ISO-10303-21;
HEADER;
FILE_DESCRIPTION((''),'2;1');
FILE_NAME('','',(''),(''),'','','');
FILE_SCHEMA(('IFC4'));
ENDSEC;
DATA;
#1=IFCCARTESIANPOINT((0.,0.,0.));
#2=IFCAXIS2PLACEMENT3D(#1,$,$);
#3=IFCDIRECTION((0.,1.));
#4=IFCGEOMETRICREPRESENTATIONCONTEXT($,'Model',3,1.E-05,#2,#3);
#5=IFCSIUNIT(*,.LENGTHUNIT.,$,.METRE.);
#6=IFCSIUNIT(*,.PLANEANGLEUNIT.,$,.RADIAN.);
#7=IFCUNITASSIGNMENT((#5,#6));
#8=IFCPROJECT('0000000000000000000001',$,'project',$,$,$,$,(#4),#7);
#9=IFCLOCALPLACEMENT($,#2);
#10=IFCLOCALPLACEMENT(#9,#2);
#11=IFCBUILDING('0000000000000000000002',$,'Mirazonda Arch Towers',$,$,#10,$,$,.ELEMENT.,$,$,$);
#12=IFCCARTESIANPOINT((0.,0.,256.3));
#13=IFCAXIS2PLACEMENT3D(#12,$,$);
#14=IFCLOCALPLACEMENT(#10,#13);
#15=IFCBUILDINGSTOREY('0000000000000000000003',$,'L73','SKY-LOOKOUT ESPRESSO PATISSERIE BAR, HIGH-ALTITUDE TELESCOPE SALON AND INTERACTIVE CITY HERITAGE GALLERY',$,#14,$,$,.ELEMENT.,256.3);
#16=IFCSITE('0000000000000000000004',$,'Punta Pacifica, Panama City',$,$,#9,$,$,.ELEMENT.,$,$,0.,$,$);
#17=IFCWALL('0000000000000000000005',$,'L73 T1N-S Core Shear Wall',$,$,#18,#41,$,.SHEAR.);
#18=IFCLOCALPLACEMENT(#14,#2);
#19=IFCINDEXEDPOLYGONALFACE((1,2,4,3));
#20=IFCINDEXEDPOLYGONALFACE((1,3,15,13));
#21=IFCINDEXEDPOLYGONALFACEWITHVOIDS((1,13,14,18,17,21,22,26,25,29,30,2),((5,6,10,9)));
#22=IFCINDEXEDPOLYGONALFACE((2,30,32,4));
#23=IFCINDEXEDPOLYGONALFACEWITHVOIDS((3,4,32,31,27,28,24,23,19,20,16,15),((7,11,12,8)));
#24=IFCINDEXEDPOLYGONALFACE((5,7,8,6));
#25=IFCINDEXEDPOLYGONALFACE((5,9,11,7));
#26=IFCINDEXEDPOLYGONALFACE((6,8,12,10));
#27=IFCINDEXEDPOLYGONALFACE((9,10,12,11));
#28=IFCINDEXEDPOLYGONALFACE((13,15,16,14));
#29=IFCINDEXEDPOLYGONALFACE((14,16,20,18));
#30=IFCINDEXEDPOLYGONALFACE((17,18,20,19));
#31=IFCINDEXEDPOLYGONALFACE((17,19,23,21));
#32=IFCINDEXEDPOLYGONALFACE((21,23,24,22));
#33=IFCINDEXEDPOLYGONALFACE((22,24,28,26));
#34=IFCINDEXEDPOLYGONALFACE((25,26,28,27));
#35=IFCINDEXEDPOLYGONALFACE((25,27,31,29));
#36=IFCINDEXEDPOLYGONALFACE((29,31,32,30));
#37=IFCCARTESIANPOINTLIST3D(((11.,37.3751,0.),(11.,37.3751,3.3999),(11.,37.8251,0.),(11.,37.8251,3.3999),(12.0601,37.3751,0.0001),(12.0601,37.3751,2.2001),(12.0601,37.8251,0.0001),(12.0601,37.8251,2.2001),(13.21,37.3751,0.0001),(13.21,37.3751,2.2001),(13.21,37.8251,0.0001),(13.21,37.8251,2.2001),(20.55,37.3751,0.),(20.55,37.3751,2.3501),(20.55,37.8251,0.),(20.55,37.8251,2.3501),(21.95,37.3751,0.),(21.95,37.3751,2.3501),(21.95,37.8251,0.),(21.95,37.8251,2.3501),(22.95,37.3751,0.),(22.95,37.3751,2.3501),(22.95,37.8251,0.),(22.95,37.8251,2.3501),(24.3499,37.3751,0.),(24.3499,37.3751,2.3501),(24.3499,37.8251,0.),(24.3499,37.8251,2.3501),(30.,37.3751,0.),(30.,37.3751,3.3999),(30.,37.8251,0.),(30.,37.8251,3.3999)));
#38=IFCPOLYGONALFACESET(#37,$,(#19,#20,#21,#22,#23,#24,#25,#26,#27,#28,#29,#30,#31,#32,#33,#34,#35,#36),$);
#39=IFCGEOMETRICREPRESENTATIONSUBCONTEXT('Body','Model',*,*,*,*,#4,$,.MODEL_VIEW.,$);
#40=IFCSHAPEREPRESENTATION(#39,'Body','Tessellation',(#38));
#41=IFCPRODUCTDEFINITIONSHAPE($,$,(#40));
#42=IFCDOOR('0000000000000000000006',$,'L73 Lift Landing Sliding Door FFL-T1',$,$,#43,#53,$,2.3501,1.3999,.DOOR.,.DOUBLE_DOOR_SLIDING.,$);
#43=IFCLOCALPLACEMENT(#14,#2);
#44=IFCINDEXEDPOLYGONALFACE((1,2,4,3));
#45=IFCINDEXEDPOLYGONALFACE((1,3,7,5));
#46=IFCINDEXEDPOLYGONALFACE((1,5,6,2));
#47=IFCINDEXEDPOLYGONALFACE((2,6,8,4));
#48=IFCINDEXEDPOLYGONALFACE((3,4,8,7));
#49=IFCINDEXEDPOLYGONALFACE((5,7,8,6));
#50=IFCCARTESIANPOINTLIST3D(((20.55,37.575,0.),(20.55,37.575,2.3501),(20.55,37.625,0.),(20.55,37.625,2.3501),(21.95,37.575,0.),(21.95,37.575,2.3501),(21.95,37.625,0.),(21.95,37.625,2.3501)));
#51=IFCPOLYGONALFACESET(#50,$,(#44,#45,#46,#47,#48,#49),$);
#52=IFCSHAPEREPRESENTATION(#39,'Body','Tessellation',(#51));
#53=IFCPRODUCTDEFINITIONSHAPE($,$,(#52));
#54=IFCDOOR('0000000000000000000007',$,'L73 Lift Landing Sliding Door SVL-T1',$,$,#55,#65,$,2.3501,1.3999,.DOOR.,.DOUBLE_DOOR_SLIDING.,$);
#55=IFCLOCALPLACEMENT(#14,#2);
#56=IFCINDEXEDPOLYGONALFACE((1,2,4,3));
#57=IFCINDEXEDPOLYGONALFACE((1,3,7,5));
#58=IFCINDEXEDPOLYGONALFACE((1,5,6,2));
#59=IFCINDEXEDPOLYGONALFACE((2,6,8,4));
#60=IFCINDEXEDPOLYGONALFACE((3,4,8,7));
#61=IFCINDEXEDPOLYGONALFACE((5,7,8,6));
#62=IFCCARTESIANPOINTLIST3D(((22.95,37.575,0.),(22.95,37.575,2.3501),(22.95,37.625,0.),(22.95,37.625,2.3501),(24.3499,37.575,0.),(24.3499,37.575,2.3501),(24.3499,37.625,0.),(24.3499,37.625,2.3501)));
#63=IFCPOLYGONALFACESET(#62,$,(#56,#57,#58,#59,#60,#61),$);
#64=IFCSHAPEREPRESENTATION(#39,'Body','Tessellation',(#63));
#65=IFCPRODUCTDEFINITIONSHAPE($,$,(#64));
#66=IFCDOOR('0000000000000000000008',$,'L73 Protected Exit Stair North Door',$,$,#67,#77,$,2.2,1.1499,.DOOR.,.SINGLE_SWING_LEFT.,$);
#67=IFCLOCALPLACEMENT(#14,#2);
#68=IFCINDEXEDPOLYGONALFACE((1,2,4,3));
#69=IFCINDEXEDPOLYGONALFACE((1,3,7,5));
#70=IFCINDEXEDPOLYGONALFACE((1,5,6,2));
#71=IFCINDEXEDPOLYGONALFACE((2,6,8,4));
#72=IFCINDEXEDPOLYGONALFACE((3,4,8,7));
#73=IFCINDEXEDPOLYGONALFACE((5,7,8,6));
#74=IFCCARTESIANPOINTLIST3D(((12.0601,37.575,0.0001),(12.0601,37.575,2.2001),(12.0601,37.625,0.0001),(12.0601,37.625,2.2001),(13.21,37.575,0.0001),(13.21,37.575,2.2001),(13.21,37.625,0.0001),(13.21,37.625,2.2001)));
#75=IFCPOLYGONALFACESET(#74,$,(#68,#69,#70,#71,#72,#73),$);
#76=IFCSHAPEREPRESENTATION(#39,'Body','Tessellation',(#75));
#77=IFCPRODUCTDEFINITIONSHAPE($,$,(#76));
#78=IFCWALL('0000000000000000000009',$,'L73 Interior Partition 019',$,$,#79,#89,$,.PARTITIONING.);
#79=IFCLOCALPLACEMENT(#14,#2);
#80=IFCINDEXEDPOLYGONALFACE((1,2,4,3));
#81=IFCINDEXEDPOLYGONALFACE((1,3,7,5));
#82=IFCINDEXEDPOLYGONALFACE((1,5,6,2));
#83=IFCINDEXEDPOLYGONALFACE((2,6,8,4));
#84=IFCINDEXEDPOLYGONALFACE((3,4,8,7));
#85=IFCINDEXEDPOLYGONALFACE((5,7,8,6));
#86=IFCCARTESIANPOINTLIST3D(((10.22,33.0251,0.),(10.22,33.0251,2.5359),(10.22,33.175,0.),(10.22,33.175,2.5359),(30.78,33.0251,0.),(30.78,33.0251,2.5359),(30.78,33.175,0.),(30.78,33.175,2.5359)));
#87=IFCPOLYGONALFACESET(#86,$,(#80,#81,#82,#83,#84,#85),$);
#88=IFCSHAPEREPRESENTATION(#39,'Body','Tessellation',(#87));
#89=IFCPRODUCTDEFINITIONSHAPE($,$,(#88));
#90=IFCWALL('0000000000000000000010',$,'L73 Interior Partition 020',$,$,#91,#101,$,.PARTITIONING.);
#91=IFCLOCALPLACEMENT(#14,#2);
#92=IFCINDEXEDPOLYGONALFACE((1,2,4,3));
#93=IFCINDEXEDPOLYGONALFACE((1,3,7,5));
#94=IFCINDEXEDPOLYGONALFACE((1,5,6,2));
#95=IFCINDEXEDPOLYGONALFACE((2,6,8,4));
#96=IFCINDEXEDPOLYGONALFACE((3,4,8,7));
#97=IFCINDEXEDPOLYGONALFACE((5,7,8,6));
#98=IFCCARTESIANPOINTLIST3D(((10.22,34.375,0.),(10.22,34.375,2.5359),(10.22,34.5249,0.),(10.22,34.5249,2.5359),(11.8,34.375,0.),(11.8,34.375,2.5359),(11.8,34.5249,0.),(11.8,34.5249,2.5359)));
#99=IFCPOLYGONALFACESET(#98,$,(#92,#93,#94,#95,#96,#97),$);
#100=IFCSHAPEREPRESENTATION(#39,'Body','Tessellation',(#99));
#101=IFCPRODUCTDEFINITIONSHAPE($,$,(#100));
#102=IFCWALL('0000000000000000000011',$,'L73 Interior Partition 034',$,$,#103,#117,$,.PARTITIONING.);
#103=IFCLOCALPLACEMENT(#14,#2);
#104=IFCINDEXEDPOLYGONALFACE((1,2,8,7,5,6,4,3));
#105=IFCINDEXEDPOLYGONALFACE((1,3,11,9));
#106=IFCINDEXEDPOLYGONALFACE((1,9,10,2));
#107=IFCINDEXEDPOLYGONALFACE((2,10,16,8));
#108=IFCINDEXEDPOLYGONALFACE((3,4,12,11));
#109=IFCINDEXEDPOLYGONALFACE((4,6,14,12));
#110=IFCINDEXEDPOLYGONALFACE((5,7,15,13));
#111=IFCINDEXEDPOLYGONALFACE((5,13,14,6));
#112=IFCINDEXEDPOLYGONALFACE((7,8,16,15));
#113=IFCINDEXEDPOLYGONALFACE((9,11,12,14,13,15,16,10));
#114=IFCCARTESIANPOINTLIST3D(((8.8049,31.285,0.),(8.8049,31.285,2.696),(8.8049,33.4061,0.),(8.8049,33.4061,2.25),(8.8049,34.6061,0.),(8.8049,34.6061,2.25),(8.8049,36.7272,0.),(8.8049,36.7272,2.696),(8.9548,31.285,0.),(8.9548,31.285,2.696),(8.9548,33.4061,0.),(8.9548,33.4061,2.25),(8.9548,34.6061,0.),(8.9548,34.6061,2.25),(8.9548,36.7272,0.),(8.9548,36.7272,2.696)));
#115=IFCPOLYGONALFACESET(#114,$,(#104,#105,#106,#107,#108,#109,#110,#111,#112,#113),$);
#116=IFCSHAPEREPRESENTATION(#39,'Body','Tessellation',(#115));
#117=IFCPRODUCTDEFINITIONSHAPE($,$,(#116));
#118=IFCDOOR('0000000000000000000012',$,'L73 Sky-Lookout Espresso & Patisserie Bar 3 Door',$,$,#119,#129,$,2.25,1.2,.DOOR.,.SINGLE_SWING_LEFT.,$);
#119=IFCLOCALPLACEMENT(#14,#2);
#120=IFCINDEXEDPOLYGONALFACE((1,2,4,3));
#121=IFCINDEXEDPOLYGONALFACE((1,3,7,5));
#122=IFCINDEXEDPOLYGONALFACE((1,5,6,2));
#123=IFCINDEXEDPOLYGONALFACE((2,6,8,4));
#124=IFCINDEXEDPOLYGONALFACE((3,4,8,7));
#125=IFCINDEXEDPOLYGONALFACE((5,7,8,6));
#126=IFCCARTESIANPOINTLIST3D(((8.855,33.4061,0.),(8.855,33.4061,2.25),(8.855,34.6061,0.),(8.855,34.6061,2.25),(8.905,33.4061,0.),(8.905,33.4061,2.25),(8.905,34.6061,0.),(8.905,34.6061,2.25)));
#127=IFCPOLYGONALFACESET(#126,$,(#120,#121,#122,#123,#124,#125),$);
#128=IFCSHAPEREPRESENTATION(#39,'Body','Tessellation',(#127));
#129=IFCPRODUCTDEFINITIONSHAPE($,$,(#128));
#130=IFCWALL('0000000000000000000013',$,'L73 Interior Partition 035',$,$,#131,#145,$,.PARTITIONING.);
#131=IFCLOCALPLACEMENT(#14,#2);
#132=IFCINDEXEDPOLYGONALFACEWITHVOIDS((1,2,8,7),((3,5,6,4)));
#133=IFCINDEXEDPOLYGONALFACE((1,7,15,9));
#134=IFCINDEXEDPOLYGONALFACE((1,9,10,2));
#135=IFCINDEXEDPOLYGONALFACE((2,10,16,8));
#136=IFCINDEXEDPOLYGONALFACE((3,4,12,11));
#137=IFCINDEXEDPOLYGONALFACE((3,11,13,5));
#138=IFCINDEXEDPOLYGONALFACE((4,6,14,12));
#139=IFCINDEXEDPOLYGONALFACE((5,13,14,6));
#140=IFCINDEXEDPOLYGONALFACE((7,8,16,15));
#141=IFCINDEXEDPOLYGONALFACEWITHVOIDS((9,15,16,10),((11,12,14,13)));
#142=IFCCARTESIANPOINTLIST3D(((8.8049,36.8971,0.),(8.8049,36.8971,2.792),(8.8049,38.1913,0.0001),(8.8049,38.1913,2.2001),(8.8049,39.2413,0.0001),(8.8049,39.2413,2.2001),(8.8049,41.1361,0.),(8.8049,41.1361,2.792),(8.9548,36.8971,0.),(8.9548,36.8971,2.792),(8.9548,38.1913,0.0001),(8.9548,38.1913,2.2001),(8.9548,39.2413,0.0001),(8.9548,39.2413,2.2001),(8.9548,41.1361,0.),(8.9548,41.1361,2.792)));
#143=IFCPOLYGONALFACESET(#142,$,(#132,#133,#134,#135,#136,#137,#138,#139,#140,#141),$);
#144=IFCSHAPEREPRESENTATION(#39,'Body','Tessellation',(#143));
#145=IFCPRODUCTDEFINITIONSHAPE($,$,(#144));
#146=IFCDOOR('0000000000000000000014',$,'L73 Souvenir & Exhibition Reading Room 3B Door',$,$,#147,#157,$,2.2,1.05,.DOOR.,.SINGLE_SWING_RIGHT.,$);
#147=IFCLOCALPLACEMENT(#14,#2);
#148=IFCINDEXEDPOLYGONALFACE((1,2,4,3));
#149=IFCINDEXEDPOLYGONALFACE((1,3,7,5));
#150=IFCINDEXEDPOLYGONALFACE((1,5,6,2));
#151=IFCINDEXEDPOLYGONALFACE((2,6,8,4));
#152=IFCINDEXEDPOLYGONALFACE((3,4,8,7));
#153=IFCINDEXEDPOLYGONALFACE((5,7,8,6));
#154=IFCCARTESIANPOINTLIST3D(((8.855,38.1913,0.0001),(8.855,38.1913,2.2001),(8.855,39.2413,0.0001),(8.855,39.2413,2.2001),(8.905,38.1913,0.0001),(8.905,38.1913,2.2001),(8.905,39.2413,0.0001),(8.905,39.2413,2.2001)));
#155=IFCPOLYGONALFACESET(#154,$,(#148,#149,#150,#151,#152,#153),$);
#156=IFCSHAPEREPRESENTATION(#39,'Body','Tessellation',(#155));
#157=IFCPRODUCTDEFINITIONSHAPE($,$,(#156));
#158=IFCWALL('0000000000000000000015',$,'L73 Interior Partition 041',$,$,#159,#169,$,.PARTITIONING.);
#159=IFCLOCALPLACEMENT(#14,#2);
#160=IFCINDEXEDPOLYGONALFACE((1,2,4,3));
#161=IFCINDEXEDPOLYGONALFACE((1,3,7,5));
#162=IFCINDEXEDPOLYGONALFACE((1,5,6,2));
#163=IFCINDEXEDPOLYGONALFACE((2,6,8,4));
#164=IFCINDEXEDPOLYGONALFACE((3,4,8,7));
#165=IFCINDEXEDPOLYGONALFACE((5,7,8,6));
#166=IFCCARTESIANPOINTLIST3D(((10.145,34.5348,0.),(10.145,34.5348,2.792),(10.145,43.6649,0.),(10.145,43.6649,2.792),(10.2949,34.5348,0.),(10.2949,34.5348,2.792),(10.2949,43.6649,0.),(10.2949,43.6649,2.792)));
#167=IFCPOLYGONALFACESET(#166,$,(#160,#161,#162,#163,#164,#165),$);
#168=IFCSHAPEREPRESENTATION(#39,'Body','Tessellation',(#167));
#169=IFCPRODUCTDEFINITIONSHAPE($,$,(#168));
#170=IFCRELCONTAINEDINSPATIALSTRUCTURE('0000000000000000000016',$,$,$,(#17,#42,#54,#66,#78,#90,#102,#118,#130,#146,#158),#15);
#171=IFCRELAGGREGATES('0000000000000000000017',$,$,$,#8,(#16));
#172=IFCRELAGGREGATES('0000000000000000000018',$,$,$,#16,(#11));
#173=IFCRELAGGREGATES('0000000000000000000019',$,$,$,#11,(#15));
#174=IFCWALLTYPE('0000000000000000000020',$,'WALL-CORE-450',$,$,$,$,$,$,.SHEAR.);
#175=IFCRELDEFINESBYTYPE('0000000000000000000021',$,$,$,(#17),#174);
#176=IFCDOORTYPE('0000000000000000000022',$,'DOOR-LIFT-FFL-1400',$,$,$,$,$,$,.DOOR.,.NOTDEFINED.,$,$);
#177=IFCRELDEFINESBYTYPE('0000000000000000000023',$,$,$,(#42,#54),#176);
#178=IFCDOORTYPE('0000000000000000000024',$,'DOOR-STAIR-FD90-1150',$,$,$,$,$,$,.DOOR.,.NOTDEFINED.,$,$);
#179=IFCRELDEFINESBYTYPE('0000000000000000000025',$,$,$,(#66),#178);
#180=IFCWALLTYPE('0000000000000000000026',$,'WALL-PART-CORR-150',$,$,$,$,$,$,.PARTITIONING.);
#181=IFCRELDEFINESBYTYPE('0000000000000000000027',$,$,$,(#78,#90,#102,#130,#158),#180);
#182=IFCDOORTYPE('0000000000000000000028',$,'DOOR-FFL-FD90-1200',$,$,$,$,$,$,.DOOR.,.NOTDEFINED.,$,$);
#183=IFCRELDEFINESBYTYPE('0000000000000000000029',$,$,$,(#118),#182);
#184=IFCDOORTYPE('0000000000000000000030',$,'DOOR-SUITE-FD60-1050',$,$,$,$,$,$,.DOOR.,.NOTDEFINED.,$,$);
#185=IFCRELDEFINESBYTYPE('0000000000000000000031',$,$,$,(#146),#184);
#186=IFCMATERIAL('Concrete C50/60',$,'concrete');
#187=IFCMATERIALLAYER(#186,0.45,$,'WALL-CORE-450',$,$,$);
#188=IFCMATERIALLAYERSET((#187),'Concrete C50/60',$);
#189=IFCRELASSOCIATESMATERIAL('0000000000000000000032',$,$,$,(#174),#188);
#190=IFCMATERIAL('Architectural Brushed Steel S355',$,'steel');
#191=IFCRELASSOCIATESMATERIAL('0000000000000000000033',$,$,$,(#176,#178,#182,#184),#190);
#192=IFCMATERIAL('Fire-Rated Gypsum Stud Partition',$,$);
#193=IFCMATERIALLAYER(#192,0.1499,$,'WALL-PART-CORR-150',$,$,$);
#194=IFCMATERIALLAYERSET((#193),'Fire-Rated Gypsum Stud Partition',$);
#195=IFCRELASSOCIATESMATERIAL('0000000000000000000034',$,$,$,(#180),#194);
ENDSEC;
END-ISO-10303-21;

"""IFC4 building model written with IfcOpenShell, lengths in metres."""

from ifc_helpers import new_model, si_unit, direction, frame, frame_2d, origin, place, context, subcontext, project, spatial, rectangle, extrude, material, layer, layer_set, type_object, element, fill, save


model = new_model("IFC4")

# Units and contexts
model_context = context("Model", 3, precision=1e-05, world=origin(), true_north=direction((0.0, 1.0)))
body_context = subcontext(model_context, "Body", "Model", "MODEL_VIEW")
ifc_project = project(units=[si_unit("LENGTHUNIT", "METRE"), si_unit("PLANEANGLEUNIT", "RADIAN")], contexts=[model_context])

# Site, building, storey
site_placement = place(None, origin())
site = spatial("IfcSite", under=ifc_project, at=site_placement, Name="Punta Pacifica, Panama City", CompositionType="ELEMENT", RefElevation=0.0)
building_placement = place(site_placement, origin())
building = spatial("IfcBuilding", under=site, at=building_placement, Name="Mirazonda Arch Towers", CompositionType="ELEMENT")
storey_placement = place(building_placement, frame((0.0, 0.0, 256.3)))
storey = spatial("IfcBuildingStorey", under=building, at=storey_placement, Name="L73", Description="SKY-LOOKOUT ESPRESSO PATISSERIE BAR, HIGH-ALTITUDE TELESCOPE SALON AND INTERACTIVE CITY HERITAGE GALLERY", CompositionType="ELEMENT", Elevation=256.3)

# Shared definitions
ifc_material_1 = material(Name="Concrete C50/60", Category="concrete")

# Shared definitions
ifc_layer_1 = layer(ifc_material_1, 0.45, Name="WALL-CORE-450")
ifc_layer_set_1 = layer_set([ifc_layer_1], Name="Concrete C50/60")
wall_type_1 = type_object("IfcWallType", Name="WALL-CORE-450", PredefinedType="SHEAR", material=ifc_layer_set_1)

# Wall, openings, doors
wall_1_placement = place(storey_placement, frame((11.0, 37.6001, 0.0), z_axis=(0.0, 0.0, 1.0), x_axis=(1.0, 0.0, 0.0)))
wall_1 = element("IfcWall", 1, at=wall_1_placement, inside=storey, type_object=wall_type_1, Name="L73 T1N-S Core Shear Wall", PredefinedType="SHEAR", context=body_context, shape_type="SweptSolid", body=[
    extrude(rectangle(XDim=19.0, YDim=0.45, at=frame_2d((9.5, 0.0))), origin(), (0.0, 0.0, 1.0), 3.3999),
])
opening_1_placement = place(wall_1_placement, frame((1.0601, 0.0, 0.0)))
opening_1 = element("IfcOpeningElement", 2, at=opening_1_placement, cuts=wall_1, PredefinedType="OPENING", context=body_context, shape_type="SweptSolid", body=[
    extrude(rectangle(XDim=1.1499, YDim=2.2, at=frame_2d((0.575, 1.1001))), frame((0.0, 0.2349, 0.0), z_axis=(0.0, -1.0, 0.0), x_axis=(1.0, 0.0, 0.0)), (0.0, 0.0, 1.0), 0.47),
])
opening_2_placement = place(wall_1_placement, frame((9.55, 0.0, 0.0)))
opening_2 = element("IfcOpeningElement", 3, at=opening_2_placement, cuts=wall_1, PredefinedType="OPENING", context=body_context, shape_type="SweptSolid", body=[
    extrude(rectangle(XDim=1.3999, YDim=2.3501, at=frame_2d((0.7, 1.175))), frame((0.0, 0.2349, 0.0), z_axis=(0.0, -1.0, 0.0), x_axis=(1.0, 0.0, 0.0)), (0.0, 0.0, 1.0), 0.47),
])
opening_3_placement = place(wall_1_placement, frame((11.95, 0.0, 0.0)))
opening_3 = element("IfcOpeningElement", 4, at=opening_3_placement, cuts=wall_1, PredefinedType="OPENING", context=body_context, shape_type="SweptSolid", body=[
    extrude(rectangle(XDim=1.3999, YDim=2.3501, at=frame_2d((0.7, 1.175))), frame((0.0, 0.2349, 0.0), z_axis=(0.0, -1.0, 0.0), x_axis=(1.0, 0.0, 0.0)), (0.0, 0.0, 1.0), 0.47),
])
ifc_material_2 = material(Name="Architectural Brushed Steel S355", Category="steel")
door_type_1 = type_object("IfcDoorType", Name="DOOR-LIFT-FFL-1400", OperationType="NOTDEFINED", PredefinedType="DOOR", material=ifc_material_2)
door_1_placement = place(opening_2_placement, origin())
door_1 = element("IfcDoor", 5, at=door_1_placement, inside=storey, type_object=door_type_1, Name="L73 Lift Landing Sliding Door FFL-T1", OperationType="DOUBLE_DOOR_SLIDING", OverallHeight=2.3501, OverallWidth=1.3999, PredefinedType="DOOR", context=body_context, shape_type="SweptSolid", body=[
    extrude(rectangle(XDim=1.3999, YDim=2.3501, at=frame_2d((0.7, 1.175))), frame((0.0, 0.0249, 0.0), z_axis=(0.0, -1.0, 0.0), x_axis=(1.0, 0.0, 0.0)), (0.0, 0.0, 1.0), 0.05),
])
fill(opening_2, door_1)
door_2_placement = place(opening_3_placement, origin())
door_2 = element("IfcDoor", 6, at=door_2_placement, inside=storey, type_object=door_type_1, Name="L73 Lift Landing Sliding Door SVL-T1", OperationType="DOUBLE_DOOR_SLIDING", OverallHeight=2.3501, OverallWidth=1.3999, PredefinedType="DOOR", context=body_context, shape_type="SweptSolid", body=[
    extrude(rectangle(XDim=1.3999, YDim=2.3501, at=frame_2d((0.7, 1.175))), frame((0.0, 0.0249, 0.0), z_axis=(0.0, -1.0, 0.0), x_axis=(1.0, 0.0, 0.0)), (0.0, 0.0, 1.0), 0.05),
])
fill(opening_3, door_2)
door_type_2 = type_object("IfcDoorType", Name="DOOR-STAIR-FD90-1150", OperationType="NOTDEFINED", PredefinedType="DOOR", material=ifc_material_2)
door_3_placement = place(opening_1_placement, origin())
door_3 = element("IfcDoor", 7, at=door_3_placement, inside=storey, type_object=door_type_2, Name="L73 Protected Exit Stair North Door", OperationType="SINGLE_SWING_LEFT", OverallHeight=2.2, OverallWidth=1.1499, PredefinedType="DOOR", context=body_context, shape_type="SweptSolid", body=[
    extrude(rectangle(XDim=1.1499, YDim=2.2, at=frame_2d((0.575, 1.1001))), frame((0.0, 0.0249, 0.0), z_axis=(0.0, -1.0, 0.0), x_axis=(1.0, 0.0, 0.0)), (0.0, 0.0, 1.0), 0.05),
])
fill(opening_1, door_3)
door_type_3 = type_object("IfcDoorType", Name="DOOR-FFL-FD90-1200", OperationType="NOTDEFINED", PredefinedType="DOOR", material=ifc_material_2)

# Walls
ifc_material_3 = material(Name="Fire-Rated Gypsum Stud Partition")
ifc_layer_2 = layer(ifc_material_3, 0.1499, Name="WALL-PART-CORR-150")
ifc_layer_set_2 = layer_set([ifc_layer_2], Name="Fire-Rated Gypsum Stud Partition")
wall_type_2 = type_object("IfcWallType", Name="WALL-PART-CORR-150", PredefinedType="PARTITIONING", material=ifc_layer_set_2)
wall_2_placement = place(storey_placement, frame((10.22, 33.1001, 0.0), z_axis=(0.0, 0.0, 1.0), x_axis=(1.0, 0.0, 0.0)))
element("IfcWall", 8, at=wall_2_placement, inside=storey, type_object=wall_type_2, Name="L73 Interior Partition 019", PredefinedType="PARTITIONING", context=body_context, shape_type="SweptSolid", body=[
    extrude(rectangle(XDim=20.5601, YDim=0.1499, at=frame_2d((10.28, 0.0))), origin(), (0.0, 0.0, 1.0), 2.5359),
])
wall_3_placement = place(storey_placement, frame((10.22, 34.45, 0.0), z_axis=(0.0, 0.0, 1.0), x_axis=(1.0, 0.0, 0.0)))
element("IfcWall", 9, at=wall_3_placement, inside=storey, type_object=wall_type_2, Name="L73 Interior Partition 020", PredefinedType="PARTITIONING", context=body_context, shape_type="SweptSolid", body=[
    extrude(rectangle(XDim=1.5801, YDim=0.1499, at=frame_2d((0.79, 0.0))), origin(), (0.0, 0.0, 1.0), 2.5359),
])

# Walls, openings, doors
wall_4_placement = place(storey_placement, frame((8.8799, 31.2849, 0.0), z_axis=(0.0, 0.0, 1.0), x_axis=(0.0, 1.0, 0.0)))
wall_4 = element("IfcWall", 10, at=wall_4_placement, inside=storey, type_object=wall_type_2, Name="L73 Interior Partition 034", PredefinedType="PARTITIONING", context=body_context, shape_type="SweptSolid", body=[
    extrude(rectangle(XDim=5.4421, YDim=0.1499, at=frame_2d((2.7212, 0.0))), origin(), (0.0, 0.0, 1.0), 2.696),
])
opening_4_placement = place(wall_4_placement, frame((2.1211, 0.0, 0.0)))
opening_4 = element("IfcOpeningElement", 11, at=opening_4_placement, cuts=wall_4, PredefinedType="OPENING", context=body_context, shape_type="SweptSolid", body=[
    extrude(rectangle(XDim=1.2, YDim=2.25, at=frame_2d((0.6001, 1.125))), frame((0.0, 0.085, 0.0), z_axis=(0.0, -1.0, 0.0), x_axis=(1.0, 0.0, 0.0)), (0.0, 0.0, 1.0), 0.1699),
])
door_4_placement = place(opening_4_placement, origin())
door_4 = element("IfcDoor", 12, at=door_4_placement, inside=storey, type_object=door_type_3, Name="L73 Sky-Lookout Espresso & Patisserie Bar 3 Door", OperationType="SINGLE_SWING_LEFT", OverallHeight=2.25, OverallWidth=1.2, PredefinedType="DOOR", context=body_context, shape_type="SweptSolid", body=[
    extrude(rectangle(XDim=1.2, YDim=2.25, at=frame_2d((0.6001, 1.125))), frame((0.0, 0.0249, 0.0), z_axis=(0.0, -1.0, 0.0), x_axis=(1.0, 0.0, 0.0)), (0.0, 0.0, 1.0), 0.05),
])
fill(opening_4, door_4)
wall_5_placement = place(storey_placement, frame((8.8799, 36.897, 0.0), z_axis=(0.0, 0.0, 1.0), x_axis=(0.0, 1.0, 0.0)))
wall_5 = element("IfcWall", 13, at=wall_5_placement, inside=storey, type_object=wall_type_2, Name="L73 Interior Partition 035", PredefinedType="PARTITIONING", context=body_context, shape_type="SweptSolid", body=[
    extrude(rectangle(XDim=4.239, YDim=0.1499, at=frame_2d((2.1196, 0.0))), origin(), (0.0, 0.0, 1.0), 2.792),
])
opening_5_placement = place(wall_5_placement, frame((1.2944, 0.0, 0.0)))
opening_5 = element("IfcOpeningElement", 14, at=opening_5_placement, cuts=wall_5, PredefinedType="OPENING", context=body_context, shape_type="SweptSolid", body=[
    extrude(rectangle(XDim=1.05, YDim=2.2, at=frame_2d((0.5249, 1.1001))), frame((0.0, 0.085, 0.0), z_axis=(0.0, -1.0, 0.0), x_axis=(1.0, 0.0, 0.0)), (0.0, 0.0, 1.0), 0.1699),
])
door_type_4 = type_object("IfcDoorType", Name="DOOR-SUITE-FD60-1050", OperationType="NOTDEFINED", PredefinedType="DOOR", material=ifc_material_2)
door_5_placement = place(opening_5_placement, origin())
door_5 = element("IfcDoor", 15, at=door_5_placement, inside=storey, type_object=door_type_4, Name="L73 Souvenir & Exhibition Reading Room 3B Door", OperationType="SINGLE_SWING_RIGHT", OverallHeight=2.2, OverallWidth=1.05, PredefinedType="DOOR", context=body_context, shape_type="SweptSolid", body=[
    extrude(rectangle(XDim=1.05, YDim=2.2, at=frame_2d((0.5249, 1.1001))), frame((0.0, 0.0249, 0.0), z_axis=(0.0, -1.0, 0.0), x_axis=(1.0, 0.0, 0.0)), (0.0, 0.0, 1.0), 0.05),
])
fill(opening_5, door_5)

# Wall
wall_6_placement = place(storey_placement, frame((10.22, 34.5349, 0.0), z_axis=(0.0, 0.0, 1.0), x_axis=(0.0, 1.0, 0.0)))
element("IfcWall", 16, at=wall_6_placement, inside=storey, type_object=wall_type_2, Name="L73 Interior Partition 041", PredefinedType="PARTITIONING", context=body_context, shape_type="SweptSolid", body=[
    extrude(rectangle(XDim=9.1301, YDim=0.1499, at=frame_2d((4.5649, 0.0))), origin(), (0.0, 0.0, 1.0), 2.792),
])

save(model, "model.ifc")
